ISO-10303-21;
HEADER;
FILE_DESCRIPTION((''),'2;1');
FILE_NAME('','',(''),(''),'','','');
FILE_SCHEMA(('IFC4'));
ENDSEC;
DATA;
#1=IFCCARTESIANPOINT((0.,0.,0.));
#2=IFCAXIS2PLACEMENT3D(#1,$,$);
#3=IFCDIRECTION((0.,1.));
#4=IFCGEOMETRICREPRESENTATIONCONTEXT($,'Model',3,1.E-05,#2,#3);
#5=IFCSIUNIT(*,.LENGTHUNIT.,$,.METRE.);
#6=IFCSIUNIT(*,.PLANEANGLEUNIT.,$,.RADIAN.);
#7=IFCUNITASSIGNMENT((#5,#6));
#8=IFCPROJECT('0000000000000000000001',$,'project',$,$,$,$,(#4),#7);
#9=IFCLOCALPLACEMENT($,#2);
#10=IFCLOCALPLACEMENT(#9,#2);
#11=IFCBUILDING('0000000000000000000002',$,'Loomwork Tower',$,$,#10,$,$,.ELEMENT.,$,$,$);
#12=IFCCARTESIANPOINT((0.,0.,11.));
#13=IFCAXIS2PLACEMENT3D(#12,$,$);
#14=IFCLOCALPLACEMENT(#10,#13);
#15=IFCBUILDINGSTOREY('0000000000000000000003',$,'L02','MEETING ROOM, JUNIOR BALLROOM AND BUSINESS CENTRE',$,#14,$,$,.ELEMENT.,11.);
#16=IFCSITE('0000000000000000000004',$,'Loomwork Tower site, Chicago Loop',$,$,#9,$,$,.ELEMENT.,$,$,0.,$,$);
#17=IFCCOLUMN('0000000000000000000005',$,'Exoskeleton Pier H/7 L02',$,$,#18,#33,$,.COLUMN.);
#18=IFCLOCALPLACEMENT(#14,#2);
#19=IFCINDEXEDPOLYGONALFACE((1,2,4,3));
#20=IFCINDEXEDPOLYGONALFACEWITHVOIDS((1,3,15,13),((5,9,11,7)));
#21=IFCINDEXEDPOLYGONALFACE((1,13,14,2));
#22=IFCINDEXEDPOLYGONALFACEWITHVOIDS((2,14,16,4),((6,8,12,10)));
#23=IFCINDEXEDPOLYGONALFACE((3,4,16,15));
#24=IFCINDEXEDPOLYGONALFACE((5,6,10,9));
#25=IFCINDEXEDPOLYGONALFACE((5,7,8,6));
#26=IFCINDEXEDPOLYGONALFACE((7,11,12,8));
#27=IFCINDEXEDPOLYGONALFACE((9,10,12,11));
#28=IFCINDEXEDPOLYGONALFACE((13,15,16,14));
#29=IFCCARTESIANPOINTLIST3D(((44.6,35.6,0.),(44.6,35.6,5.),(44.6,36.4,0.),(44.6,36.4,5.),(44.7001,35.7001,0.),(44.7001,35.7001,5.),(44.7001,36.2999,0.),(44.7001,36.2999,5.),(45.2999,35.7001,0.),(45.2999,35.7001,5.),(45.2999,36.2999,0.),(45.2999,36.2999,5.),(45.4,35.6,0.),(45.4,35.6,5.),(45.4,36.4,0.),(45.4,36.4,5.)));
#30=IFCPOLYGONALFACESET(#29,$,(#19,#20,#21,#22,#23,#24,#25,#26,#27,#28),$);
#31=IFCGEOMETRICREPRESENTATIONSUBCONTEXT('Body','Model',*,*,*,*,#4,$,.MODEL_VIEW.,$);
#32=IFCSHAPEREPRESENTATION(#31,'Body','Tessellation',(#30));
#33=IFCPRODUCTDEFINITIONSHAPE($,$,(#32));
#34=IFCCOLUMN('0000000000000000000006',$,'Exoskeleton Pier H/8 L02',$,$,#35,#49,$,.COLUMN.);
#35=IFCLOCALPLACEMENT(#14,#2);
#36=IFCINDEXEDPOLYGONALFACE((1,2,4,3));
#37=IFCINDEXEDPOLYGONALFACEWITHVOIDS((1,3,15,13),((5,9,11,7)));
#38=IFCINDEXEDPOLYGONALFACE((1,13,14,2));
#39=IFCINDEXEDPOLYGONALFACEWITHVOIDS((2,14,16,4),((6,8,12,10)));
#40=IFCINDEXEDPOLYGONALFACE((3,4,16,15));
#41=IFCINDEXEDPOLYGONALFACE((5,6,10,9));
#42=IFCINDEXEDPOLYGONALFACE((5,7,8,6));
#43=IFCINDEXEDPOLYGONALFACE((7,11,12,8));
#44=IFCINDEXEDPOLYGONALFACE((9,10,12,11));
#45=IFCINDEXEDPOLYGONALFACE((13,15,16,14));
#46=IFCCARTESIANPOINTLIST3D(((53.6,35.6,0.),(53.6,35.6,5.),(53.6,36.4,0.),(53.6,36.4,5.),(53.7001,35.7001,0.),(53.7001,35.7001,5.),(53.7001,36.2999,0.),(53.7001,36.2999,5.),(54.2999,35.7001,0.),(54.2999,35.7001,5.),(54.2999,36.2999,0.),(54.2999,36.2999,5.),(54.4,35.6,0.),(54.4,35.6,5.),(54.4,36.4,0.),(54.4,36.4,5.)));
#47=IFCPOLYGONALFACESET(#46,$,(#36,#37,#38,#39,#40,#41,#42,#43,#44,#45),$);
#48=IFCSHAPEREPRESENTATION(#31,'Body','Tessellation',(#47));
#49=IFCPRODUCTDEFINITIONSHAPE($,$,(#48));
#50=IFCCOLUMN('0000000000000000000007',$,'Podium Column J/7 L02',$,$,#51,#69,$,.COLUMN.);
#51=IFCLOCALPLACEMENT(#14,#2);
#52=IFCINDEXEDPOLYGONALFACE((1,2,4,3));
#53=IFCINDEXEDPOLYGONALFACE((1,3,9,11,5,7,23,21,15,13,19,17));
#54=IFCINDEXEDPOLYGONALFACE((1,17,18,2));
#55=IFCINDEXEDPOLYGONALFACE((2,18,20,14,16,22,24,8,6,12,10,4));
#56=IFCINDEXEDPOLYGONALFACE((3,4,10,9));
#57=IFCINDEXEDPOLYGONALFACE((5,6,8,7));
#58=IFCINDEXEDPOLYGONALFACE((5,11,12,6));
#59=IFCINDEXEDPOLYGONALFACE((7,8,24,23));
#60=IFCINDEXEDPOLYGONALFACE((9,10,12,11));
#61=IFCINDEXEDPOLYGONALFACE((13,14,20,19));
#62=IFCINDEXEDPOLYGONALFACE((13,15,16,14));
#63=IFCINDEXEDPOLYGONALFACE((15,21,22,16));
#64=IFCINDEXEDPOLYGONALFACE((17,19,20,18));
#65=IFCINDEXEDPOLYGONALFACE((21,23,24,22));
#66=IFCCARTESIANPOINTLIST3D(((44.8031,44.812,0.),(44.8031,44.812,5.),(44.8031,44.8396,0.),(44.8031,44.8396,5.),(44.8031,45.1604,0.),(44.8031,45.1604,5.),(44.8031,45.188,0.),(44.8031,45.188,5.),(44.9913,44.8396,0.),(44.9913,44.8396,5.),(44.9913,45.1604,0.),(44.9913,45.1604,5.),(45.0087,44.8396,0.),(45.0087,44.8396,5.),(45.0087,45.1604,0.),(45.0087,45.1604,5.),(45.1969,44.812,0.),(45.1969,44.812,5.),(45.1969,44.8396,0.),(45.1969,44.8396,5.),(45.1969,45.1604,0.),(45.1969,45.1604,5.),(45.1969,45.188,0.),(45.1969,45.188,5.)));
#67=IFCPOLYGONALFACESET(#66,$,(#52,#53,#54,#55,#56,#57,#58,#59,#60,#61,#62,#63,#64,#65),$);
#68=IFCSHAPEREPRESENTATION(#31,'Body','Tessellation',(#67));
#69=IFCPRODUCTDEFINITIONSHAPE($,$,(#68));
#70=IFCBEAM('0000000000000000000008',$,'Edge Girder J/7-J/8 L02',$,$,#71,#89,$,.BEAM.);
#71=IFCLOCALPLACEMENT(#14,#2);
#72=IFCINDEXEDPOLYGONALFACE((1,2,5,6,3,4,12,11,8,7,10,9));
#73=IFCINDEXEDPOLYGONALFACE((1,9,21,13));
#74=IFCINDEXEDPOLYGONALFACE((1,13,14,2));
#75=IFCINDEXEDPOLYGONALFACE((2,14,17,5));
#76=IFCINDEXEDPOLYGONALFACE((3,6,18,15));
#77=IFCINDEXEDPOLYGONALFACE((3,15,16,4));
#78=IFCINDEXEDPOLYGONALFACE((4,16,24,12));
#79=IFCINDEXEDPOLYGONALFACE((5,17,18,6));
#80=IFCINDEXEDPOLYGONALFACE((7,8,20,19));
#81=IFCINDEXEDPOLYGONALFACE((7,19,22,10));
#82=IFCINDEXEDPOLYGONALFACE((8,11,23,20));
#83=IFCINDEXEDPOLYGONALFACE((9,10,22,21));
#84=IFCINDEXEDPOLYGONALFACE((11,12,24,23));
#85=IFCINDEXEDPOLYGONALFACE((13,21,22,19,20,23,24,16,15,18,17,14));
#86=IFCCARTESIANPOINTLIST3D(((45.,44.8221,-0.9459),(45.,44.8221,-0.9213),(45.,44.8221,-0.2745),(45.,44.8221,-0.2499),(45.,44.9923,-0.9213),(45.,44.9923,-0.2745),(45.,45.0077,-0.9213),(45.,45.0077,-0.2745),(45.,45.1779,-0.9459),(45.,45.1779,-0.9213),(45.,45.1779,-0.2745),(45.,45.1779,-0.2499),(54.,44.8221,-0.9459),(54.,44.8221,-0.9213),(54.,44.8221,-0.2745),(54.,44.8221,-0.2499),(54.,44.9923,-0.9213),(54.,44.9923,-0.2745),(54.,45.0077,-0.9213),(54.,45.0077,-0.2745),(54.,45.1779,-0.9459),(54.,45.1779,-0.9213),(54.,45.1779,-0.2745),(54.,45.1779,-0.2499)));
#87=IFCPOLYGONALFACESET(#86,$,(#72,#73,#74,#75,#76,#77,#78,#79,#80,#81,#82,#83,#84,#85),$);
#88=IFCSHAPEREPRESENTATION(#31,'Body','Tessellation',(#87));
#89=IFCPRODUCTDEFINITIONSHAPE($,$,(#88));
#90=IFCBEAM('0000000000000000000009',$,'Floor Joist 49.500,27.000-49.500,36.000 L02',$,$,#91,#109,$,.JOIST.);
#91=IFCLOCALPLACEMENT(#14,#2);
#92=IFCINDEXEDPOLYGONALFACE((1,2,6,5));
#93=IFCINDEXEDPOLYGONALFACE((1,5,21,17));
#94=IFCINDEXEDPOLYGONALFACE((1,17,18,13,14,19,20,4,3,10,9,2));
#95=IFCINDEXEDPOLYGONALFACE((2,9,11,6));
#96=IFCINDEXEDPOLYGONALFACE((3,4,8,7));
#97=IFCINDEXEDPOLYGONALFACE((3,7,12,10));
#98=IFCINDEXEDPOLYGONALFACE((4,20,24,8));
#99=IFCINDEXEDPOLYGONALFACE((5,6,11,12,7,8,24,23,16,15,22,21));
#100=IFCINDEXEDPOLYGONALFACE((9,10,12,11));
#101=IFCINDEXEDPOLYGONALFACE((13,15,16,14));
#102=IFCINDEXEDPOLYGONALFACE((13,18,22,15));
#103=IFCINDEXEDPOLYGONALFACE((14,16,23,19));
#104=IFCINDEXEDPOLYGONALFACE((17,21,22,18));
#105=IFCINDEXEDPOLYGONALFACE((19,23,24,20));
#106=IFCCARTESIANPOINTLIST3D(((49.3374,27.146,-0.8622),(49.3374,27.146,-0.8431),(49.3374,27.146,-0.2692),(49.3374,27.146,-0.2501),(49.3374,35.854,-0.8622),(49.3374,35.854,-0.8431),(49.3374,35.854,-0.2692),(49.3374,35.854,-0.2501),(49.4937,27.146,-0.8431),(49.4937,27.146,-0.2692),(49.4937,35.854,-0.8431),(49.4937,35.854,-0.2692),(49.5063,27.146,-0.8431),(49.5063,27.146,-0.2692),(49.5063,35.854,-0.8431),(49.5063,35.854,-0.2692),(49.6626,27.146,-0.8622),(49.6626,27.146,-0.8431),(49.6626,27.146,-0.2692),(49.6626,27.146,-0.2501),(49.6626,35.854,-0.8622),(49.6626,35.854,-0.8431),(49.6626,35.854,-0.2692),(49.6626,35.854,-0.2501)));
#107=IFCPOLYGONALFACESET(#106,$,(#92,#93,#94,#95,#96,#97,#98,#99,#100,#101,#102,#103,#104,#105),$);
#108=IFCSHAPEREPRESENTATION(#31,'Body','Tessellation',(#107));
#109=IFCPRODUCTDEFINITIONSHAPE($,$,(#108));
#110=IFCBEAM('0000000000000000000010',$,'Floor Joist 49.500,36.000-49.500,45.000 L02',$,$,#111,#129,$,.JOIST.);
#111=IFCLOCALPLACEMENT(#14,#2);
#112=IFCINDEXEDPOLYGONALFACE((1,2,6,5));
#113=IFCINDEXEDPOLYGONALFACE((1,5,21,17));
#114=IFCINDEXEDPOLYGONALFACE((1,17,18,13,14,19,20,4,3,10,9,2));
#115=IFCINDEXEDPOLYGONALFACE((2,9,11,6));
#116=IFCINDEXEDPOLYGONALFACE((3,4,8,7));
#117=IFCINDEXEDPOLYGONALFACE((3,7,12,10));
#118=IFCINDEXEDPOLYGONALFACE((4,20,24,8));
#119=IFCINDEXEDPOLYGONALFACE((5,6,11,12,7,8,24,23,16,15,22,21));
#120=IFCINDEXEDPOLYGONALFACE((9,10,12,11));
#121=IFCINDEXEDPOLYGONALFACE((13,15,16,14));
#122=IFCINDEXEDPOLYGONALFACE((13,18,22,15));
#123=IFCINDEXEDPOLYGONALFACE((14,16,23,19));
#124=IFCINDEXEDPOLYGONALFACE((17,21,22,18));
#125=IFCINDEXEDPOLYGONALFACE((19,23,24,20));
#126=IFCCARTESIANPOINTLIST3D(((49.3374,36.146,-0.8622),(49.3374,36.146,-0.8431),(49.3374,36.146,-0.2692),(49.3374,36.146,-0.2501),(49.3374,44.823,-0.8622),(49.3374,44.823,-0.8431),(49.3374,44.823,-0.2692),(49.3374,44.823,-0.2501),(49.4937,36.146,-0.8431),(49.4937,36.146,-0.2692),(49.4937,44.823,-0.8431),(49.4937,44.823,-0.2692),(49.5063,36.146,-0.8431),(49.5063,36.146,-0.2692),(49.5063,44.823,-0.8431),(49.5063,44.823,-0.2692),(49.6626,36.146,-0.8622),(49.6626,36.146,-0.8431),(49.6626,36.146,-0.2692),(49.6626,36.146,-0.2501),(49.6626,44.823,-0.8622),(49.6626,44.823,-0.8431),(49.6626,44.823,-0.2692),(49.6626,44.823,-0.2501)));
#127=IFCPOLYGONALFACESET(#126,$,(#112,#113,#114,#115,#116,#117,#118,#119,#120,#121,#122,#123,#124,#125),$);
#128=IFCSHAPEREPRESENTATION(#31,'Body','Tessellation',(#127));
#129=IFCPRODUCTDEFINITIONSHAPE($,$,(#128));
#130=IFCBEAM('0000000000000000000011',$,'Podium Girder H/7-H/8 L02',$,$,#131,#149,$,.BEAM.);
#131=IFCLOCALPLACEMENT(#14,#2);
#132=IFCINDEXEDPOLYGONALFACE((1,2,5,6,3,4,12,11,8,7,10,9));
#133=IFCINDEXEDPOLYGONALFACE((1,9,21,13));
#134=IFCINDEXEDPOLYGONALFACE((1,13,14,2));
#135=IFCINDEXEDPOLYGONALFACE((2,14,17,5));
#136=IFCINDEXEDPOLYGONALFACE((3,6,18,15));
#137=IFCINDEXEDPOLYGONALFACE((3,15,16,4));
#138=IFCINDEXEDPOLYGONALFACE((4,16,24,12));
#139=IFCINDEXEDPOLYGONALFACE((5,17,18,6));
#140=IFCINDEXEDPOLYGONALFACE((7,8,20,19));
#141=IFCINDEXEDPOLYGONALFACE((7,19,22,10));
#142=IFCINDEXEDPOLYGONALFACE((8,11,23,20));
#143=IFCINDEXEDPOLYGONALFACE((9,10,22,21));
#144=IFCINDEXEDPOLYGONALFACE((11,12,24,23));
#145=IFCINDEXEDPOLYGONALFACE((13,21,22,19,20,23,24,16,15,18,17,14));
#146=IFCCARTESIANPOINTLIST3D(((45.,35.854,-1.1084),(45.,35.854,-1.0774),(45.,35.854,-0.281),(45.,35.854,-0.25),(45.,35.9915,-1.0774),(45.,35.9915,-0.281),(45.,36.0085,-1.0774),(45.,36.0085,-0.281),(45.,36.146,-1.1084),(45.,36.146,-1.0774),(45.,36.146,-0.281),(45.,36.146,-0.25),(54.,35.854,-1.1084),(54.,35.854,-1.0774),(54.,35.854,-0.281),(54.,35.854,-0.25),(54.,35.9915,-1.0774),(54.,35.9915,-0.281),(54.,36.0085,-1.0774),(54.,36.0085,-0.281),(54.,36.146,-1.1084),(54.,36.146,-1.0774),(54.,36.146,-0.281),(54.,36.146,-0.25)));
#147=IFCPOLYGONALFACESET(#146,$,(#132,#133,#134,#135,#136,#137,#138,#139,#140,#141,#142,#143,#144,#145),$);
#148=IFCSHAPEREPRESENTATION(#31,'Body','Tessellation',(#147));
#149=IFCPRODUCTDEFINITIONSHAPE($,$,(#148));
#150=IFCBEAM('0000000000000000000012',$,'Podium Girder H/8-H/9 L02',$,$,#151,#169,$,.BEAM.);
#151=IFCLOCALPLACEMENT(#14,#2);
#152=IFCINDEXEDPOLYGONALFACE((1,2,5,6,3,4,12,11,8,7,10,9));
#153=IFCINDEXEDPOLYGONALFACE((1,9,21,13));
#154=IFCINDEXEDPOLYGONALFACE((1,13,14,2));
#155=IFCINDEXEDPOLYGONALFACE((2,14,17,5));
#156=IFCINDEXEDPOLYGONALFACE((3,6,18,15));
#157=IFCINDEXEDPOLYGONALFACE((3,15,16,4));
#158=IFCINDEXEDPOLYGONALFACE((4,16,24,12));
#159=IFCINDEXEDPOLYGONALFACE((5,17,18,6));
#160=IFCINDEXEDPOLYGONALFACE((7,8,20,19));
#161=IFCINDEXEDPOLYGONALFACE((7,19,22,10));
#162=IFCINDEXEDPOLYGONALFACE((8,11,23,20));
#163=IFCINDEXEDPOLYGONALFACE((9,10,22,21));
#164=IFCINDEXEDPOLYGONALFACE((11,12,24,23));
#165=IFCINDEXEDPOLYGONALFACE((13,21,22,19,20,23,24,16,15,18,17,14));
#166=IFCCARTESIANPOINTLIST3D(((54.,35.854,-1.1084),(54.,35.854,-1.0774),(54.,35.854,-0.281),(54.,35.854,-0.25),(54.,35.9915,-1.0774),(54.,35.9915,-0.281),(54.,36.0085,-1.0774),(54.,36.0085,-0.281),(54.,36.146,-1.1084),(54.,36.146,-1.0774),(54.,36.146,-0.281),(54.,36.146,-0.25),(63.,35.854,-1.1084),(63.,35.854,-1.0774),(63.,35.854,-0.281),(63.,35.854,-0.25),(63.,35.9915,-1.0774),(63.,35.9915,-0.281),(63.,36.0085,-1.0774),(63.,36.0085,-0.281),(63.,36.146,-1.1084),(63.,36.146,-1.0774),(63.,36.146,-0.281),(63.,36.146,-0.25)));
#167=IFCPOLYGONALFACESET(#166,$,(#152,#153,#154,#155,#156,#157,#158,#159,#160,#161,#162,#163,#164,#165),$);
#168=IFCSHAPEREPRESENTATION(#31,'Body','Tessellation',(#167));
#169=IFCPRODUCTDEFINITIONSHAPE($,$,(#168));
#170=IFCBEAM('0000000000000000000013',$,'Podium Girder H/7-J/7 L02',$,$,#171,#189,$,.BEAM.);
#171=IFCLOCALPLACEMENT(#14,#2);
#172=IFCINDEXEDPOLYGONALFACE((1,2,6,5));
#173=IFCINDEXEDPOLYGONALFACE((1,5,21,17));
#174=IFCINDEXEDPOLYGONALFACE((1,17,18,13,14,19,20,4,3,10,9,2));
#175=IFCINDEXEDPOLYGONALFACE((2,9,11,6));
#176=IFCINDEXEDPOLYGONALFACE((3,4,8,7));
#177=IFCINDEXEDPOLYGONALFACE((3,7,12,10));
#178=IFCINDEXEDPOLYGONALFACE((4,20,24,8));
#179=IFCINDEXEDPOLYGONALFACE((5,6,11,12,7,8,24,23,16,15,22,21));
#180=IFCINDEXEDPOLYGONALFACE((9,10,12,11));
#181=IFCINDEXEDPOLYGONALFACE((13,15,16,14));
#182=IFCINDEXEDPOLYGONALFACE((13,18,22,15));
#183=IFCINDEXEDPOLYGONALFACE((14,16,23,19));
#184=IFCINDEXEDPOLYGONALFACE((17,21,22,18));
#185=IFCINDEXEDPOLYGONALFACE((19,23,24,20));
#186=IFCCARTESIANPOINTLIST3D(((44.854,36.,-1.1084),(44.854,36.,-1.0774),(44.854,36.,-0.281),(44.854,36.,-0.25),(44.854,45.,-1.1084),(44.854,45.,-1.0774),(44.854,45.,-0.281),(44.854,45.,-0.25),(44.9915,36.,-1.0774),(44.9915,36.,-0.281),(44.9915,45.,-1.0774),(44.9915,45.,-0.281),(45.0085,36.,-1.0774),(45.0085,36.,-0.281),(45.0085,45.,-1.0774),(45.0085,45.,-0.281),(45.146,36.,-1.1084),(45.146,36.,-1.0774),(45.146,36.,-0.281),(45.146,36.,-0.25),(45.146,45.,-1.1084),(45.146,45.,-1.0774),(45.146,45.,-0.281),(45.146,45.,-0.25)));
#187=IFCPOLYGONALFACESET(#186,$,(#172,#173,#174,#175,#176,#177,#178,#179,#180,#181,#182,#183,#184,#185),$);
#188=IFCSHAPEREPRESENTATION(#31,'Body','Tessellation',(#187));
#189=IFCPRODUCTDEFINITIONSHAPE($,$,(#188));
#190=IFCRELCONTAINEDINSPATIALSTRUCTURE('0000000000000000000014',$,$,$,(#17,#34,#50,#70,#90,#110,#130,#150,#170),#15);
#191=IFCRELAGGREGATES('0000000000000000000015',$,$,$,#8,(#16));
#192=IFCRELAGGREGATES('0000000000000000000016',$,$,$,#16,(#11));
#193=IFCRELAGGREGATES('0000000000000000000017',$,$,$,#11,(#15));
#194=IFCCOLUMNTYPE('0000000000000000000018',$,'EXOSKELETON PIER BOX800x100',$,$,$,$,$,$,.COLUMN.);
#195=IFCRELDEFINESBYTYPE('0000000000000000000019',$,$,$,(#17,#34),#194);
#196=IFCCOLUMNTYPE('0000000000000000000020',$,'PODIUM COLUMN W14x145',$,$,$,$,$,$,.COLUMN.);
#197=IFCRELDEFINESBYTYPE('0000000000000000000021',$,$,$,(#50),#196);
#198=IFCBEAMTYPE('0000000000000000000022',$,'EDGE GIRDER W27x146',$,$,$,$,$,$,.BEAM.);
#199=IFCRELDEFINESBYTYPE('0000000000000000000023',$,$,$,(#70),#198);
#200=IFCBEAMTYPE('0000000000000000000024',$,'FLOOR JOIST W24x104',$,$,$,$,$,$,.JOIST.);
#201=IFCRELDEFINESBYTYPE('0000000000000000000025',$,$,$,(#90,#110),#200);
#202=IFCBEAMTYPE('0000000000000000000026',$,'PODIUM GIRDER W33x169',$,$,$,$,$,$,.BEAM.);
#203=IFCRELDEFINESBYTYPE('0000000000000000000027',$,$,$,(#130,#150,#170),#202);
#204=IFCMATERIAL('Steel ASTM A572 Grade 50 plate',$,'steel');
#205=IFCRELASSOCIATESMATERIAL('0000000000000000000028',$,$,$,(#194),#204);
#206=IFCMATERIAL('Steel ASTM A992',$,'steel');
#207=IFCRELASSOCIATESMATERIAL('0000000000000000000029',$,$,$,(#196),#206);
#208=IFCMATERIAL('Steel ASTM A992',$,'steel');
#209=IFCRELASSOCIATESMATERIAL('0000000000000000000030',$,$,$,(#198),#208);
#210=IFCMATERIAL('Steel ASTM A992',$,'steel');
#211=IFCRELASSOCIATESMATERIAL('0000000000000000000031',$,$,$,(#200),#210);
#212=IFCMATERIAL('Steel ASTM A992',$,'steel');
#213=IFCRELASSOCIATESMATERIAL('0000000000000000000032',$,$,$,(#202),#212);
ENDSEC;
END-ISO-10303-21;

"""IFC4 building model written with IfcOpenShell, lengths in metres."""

from ifc_helpers import new_model, si_unit, direction, frame, origin, origin_2d, place, context, subcontext, project, spatial, hollow_rectangle, i_section, extrude, material, material_profile, profile_set, type_object, element, save


model = new_model("IFC4")

# Units and contexts
model_context = context("Model", 3, precision=1e-05, world=origin(), true_north=direction((0.0, 1.0)))
body_context = subcontext(model_context, "Body", "Model", "MODEL_VIEW")
ifc_project = project(units=[si_unit("LENGTHUNIT", "METRE"), si_unit("PLANEANGLEUNIT", "RADIAN")], contexts=[model_context])

# Site, building, storey
site_placement = place(None, origin())
site = spatial("IfcSite", under=ifc_project, at=site_placement, Name="Loomwork Tower site, Chicago Loop", CompositionType="ELEMENT", RefElevation=0.0)
building_placement = place(site_placement, origin())
building = spatial("IfcBuilding", under=site, at=building_placement, Name="Loomwork Tower", CompositionType="ELEMENT")
storey_placement = place(building_placement, frame((0.0, 0.0, 11.0)))
storey = spatial("IfcBuildingStorey", under=building, at=storey_placement, Name="L02", Description="MEETING ROOM, JUNIOR BALLROOM AND BUSINESS CENTRE", CompositionType="ELEMENT", Elevation=11.0)

# Columns
ifc_material_1 = material(Name="Steel ASTM A572 Grade 50 plate", Category="steel")
ifc_material_profile_1 = material_profile(ifc_material_1, hollow_rectangle(XDim=0.8, YDim=0.8, WallThickness=0.1001, at=origin_2d()), Name="BOX800x100")
ifc_profile_set_1 = profile_set([ifc_material_profile_1], Name="Steel ASTM A572 Grade 50 plate")
column_type_1 = type_object("IfcColumnType", Name="EXOSKELETON PIER BOX800x100", PredefinedType="COLUMN", material=ifc_profile_set_1)
for number, where, z_axis, x_axis, name in (
    (1, (45.0, 36.0, 0.0), (0.0, 0.0, 1.0), (1.0, 0.0, 0.0), "Exoskeleton Pier H/7 L02"),
    (2, (54.0, 36.0, 0.0), (0.0, 0.0, 1.0), (1.0, 0.0, 0.0), "Exoskeleton Pier H/8 L02"),
):
    element("IfcColumn", number, at=place(storey_placement, frame(where, z_axis=z_axis, x_axis=x_axis)), inside=storey, type_object=column_type_1, Name=name, PredefinedType="COLUMN", context=body_context, shape_type="SweptSolid", body=[
        extrude(hollow_rectangle(XDim=0.8, YDim=0.8, WallThickness=0.1001, at=origin_2d()), origin(), (0.0, 0.0, 1.0), 5.0),
    ])
ifc_material_2 = material(Name="Steel ASTM A992", Category="steel")
ifc_material_profile_2 = material_profile(ifc_material_2, i_section(OverallWidth=0.3938, OverallDepth=0.376, WebThickness=0.0173, FlangeThickness=0.0276, at=origin_2d()), Name="W14x145")
ifc_profile_set_2 = profile_set([ifc_material_profile_2], Name="Steel ASTM A992")
column_type_2 = type_object("IfcColumnType", Name="PODIUM COLUMN W14x145", PredefinedType="COLUMN", material=ifc_profile_set_2)
column_placement = place(storey_placement, frame((45.0, 45.0, 0.0), z_axis=(0.0, 0.0, 1.0), x_axis=(1.0, 0.0, 0.0)))
element("IfcColumn", 3, at=column_placement, inside=storey, type_object=column_type_2, Name="Podium Column J/7 L02", PredefinedType="COLUMN", context=body_context, shape_type="SweptSolid", body=[
    extrude(i_section(OverallWidth=0.3938, OverallDepth=0.376, WebThickness=0.0173, FlangeThickness=0.0276, at=origin_2d()), origin(), (0.0, 0.0, 1.0), 5.0),
])

# Beams
ifc_material_3 = material(Name="Steel ASTM A992", Category="steel")
ifc_material_profile_3 = material_profile(ifc_material_3, i_section(OverallWidth=0.3557, OverallDepth=0.696, WebThickness=0.0154, FlangeThickness=0.0247, at=origin_2d()), Name="W27x146")
ifc_profile_set_3 = profile_set([ifc_material_profile_3], Name="Steel ASTM A992")
beam_type_1 = type_object("IfcBeamType", Name="EDGE GIRDER W27x146", PredefinedType="BEAM", material=ifc_profile_set_3)
beam_1_placement = place(storey_placement, frame((45.0, 45.0, -0.5979), z_axis=(1.0, 0.0, 0.0), x_axis=(0.0, 1.0, 0.0)))
element("IfcBeam", 4, at=beam_1_placement, inside=storey, type_object=beam_type_1, Name="Edge Girder J/7-J/8 L02", PredefinedType="BEAM", context=body_context, shape_type="SweptSolid", body=[
    extrude(i_section(OverallWidth=0.3557, OverallDepth=0.696, WebThickness=0.0154, FlangeThickness=0.0247, at=origin_2d()), origin(), (0.0, 0.0, 1.0), 9.0),
])
ifc_material_4 = material(Name="Steel ASTM A992", Category="steel")
ifc_material_profile_4 = material_profile(ifc_material_4, i_section(OverallWidth=0.3252, OverallDepth=0.6121, WebThickness=0.0127, FlangeThickness=0.019, at=origin_2d()), Name="W24x104")
ifc_profile_set_4 = profile_set([ifc_material_profile_4], Name="Steel ASTM A992")
beam_type_2 = type_object("IfcBeamType", Name="FLOOR JOIST W24x104", PredefinedType="JOIST", material=ifc_profile_set_4)
beam_2_placement = place(storey_placement, frame((49.5, 27.146, -0.5562), z_axis=(0.0, 1.0, 0.0), x_axis=(-1.0, 0.0, 0.0)))
element("IfcBeam", 5, at=beam_2_placement, inside=storey, type_object=beam_type_2, Name="Floor Joist 49.500,27.000-49.500,36.000 L02", PredefinedType="JOIST", context=body_context, shape_type="SweptSolid", body=[
    extrude(i_section(OverallWidth=0.3252, OverallDepth=0.6121, WebThickness=0.0127, FlangeThickness=0.019, at=origin_2d()), origin(), (0.0, 0.0, 1.0), 8.708),
])
beam_3_placement = place(storey_placement, frame((49.5, 36.146, -0.5562), z_axis=(0.0, 1.0, 0.0), x_axis=(-1.0, 0.0, 0.0)))
element("IfcBeam", 6, at=beam_3_placement, inside=storey, type_object=beam_type_2, Name="Floor Joist 49.500,36.000-49.500,45.000 L02", PredefinedType="JOIST", context=body_context, shape_type="SweptSolid", body=[
    extrude(i_section(OverallWidth=0.3252, OverallDepth=0.6121, WebThickness=0.0127, FlangeThickness=0.019, at=origin_2d()), origin(), (0.0, 0.0, 1.0), 8.677),
])
ifc_material_5 = material(Name="Steel ASTM A992", Category="steel")
ifc_material_profile_5 = material_profile(ifc_material_5, i_section(OverallWidth=0.292, OverallDepth=0.8584, WebThickness=0.0171, FlangeThickness=0.031, at=origin_2d()), Name="W33x169")
ifc_profile_set_5 = profile_set([ifc_material_profile_5], Name="Steel ASTM A992")
beam_type_3 = type_object("IfcBeamType", Name="PODIUM GIRDER W33x169", PredefinedType="BEAM", material=ifc_profile_set_5)
for number, where, z_axis, x_axis, name in (
    (7, (45.0, 36.0, -0.6792), (1.0, 0.0, 0.0), (0.0, 1.0, 0.0), "Podium Girder H/7-H/8 L02"),
    (8, (54.0, 36.0, -0.6792), (1.0, 0.0, 0.0), (0.0, 1.0, 0.0), "Podium Girder H/8-H/9 L02"),
    (9, (45.0, 36.0, -0.6792), (0.0, 1.0, 0.0), (-1.0, 0.0, 0.0), "Podium Girder H/7-J/7 L02"),
):
    element("IfcBeam", number, at=place(storey_placement, frame(where, z_axis=z_axis, x_axis=x_axis)), inside=storey, type_object=beam_type_3, Name=name, PredefinedType="BEAM", context=body_context, shape_type="SweptSolid", body=[
        extrude(i_section(OverallWidth=0.292, OverallDepth=0.8584, WebThickness=0.0171, FlangeThickness=0.031, at=origin_2d()), origin(), (0.0, 0.0, 1.0), 9.0),
    ])

save(model, "model.ifc")
